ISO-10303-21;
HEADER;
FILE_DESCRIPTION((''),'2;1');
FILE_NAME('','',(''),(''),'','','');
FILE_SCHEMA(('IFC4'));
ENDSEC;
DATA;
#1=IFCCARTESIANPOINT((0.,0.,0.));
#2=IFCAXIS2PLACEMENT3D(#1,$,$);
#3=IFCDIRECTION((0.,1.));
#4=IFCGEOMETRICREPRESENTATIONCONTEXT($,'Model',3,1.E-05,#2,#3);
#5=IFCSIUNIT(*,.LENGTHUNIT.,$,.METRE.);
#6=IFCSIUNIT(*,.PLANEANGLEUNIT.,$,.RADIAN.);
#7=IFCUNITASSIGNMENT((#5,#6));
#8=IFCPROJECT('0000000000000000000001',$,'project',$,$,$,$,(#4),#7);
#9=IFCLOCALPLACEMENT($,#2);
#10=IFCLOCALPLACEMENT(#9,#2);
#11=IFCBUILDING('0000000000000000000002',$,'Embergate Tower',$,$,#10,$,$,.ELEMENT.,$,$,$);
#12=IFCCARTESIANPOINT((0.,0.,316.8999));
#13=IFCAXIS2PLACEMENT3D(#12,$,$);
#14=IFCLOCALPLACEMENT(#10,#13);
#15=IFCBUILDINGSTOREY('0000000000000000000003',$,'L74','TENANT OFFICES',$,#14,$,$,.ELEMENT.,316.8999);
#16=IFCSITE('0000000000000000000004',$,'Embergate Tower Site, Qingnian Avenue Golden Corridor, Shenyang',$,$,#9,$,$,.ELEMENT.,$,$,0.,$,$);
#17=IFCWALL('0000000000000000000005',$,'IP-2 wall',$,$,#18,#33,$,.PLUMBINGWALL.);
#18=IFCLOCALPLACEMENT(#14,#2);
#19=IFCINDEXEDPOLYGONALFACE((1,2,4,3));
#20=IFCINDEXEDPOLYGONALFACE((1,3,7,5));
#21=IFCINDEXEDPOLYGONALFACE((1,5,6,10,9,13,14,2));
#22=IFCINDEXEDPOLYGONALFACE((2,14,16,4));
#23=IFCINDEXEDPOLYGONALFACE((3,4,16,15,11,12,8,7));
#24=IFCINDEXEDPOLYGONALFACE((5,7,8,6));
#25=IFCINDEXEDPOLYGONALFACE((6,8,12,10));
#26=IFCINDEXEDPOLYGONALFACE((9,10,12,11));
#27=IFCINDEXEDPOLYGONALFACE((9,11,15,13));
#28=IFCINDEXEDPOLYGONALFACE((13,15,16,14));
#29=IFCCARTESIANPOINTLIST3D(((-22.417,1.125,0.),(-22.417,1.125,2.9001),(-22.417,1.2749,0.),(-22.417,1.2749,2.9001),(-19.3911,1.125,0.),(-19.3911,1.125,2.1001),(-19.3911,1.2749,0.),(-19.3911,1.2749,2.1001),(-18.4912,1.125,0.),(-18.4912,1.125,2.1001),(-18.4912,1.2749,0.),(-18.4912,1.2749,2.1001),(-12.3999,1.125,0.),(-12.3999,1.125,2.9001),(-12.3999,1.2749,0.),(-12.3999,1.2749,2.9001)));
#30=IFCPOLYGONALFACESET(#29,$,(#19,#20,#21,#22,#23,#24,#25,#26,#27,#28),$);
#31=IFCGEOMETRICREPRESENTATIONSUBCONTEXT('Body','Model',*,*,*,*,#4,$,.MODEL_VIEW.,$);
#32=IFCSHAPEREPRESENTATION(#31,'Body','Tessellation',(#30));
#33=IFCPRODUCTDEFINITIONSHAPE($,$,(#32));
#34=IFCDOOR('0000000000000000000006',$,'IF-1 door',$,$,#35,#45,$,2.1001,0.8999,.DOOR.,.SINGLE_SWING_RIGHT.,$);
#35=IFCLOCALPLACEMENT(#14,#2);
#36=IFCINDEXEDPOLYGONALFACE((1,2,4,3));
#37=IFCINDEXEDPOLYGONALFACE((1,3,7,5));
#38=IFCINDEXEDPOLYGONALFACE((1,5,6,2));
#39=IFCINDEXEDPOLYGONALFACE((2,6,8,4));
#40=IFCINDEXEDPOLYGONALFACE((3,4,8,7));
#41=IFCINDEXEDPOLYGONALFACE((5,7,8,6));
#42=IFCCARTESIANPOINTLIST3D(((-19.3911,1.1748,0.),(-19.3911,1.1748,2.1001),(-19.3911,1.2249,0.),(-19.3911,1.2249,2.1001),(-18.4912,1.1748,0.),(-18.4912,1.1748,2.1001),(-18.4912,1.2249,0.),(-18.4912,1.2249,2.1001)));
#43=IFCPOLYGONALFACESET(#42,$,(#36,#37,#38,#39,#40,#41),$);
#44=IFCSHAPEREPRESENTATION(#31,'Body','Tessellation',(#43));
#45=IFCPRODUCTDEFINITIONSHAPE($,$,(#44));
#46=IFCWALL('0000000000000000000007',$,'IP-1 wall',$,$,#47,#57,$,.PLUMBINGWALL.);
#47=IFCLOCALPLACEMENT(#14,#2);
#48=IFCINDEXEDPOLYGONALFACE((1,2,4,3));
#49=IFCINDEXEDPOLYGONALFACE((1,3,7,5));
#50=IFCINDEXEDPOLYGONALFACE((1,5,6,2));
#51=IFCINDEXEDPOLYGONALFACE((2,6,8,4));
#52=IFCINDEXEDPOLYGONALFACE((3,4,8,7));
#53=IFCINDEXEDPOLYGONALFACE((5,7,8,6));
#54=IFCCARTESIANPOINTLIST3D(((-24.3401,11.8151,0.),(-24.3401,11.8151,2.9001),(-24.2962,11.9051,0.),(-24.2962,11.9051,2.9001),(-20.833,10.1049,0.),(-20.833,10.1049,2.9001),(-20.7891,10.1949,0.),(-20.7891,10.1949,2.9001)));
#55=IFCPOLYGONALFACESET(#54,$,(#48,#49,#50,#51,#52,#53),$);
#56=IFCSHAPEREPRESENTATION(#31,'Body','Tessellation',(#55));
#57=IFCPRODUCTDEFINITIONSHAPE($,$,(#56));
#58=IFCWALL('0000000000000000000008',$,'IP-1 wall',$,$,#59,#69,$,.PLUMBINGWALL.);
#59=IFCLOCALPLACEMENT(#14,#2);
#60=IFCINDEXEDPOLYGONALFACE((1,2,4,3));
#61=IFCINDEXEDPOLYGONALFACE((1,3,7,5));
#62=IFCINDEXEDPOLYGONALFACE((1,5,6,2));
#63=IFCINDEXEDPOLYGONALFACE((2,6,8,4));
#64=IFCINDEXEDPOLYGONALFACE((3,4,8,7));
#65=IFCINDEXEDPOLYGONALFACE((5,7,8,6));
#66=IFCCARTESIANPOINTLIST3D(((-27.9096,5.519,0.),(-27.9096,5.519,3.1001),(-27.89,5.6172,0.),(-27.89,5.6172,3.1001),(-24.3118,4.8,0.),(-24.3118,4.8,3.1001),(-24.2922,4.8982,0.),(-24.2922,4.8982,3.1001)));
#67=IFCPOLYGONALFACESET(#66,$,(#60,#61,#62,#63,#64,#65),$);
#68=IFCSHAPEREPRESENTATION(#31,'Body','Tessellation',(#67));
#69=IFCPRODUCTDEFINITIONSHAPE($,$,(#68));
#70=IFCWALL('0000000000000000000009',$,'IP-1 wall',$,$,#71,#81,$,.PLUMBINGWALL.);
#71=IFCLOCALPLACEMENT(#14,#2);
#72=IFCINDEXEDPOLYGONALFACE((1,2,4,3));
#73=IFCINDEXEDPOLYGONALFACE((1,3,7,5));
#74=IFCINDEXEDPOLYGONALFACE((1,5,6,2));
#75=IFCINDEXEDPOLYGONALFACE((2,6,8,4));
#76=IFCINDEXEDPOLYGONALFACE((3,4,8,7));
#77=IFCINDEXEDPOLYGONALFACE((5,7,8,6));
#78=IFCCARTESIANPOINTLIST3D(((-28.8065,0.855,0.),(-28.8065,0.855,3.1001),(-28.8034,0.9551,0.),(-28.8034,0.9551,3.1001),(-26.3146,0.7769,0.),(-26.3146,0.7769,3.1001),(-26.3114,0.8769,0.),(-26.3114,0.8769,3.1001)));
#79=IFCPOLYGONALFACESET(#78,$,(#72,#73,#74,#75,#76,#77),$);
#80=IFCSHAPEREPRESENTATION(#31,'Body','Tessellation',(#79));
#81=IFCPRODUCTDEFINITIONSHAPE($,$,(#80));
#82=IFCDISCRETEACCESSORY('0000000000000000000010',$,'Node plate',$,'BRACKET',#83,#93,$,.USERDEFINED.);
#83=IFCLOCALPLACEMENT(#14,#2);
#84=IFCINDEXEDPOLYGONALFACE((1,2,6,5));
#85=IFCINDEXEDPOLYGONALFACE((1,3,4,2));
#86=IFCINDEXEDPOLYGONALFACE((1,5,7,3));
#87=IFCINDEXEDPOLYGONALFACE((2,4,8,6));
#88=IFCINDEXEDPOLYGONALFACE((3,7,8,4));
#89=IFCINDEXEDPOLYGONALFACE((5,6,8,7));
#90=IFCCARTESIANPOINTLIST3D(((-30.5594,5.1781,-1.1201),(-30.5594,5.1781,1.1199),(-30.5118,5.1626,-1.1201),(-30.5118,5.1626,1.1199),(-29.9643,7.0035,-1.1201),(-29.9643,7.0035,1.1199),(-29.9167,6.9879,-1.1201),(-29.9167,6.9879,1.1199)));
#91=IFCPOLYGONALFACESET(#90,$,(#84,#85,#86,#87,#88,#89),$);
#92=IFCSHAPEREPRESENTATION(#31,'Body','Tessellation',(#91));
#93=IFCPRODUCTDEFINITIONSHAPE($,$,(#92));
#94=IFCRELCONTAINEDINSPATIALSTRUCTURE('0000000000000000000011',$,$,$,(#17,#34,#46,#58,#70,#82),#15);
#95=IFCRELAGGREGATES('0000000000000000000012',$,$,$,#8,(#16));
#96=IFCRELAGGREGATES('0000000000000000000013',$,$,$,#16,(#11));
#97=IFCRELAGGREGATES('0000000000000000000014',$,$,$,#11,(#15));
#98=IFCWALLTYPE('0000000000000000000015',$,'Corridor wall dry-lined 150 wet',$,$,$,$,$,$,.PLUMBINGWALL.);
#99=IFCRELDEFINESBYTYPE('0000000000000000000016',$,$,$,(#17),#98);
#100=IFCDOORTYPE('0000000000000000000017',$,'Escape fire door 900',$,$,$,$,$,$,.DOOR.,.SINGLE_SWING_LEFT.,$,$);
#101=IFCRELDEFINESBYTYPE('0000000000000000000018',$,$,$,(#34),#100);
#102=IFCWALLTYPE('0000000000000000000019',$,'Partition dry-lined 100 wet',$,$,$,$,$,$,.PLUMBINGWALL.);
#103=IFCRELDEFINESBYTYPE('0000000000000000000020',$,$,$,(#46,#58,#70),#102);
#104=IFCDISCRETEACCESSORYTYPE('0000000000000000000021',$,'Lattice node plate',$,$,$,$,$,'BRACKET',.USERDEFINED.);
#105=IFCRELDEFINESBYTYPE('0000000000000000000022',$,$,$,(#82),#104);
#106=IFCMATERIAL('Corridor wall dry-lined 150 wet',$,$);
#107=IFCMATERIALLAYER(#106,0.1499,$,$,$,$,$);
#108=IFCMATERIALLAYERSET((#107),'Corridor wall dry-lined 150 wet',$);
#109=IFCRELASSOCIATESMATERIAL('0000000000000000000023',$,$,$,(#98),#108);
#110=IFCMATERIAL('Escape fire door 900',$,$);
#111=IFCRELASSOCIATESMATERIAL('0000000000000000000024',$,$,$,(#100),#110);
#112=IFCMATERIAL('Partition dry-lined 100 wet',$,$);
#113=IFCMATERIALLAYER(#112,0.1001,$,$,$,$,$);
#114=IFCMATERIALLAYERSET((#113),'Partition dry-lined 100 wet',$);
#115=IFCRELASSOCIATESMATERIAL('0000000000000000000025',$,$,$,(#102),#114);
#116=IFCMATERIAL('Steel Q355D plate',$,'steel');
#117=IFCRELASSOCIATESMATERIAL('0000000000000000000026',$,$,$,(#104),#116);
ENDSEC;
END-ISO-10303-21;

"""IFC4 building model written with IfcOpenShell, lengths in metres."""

from ifc_helpers import new_model, si_unit, direction, frame, frame_2d, origin, origin_2d, place, context, subcontext, project, spatial, rectangle, extrude, source, transform, mapped, material, layer, layer_set, type_object, element, fill, save


model = new_model("IFC4")

# Units and contexts
model_context = context("Model", 3, precision=1e-05, world=origin(), true_north=direction((0.0, 1.0)))
body_context = subcontext(model_context, "Body", "Model", "MODEL_VIEW")
ifc_project = project(units=[si_unit("LENGTHUNIT", "METRE"), si_unit("PLANEANGLEUNIT", "RADIAN")], contexts=[model_context])

# Site, building, storey
site_placement = place(None, origin())
site = spatial("IfcSite", under=ifc_project, at=site_placement, Name="Embergate Tower Site, Qingnian Avenue Golden Corridor, Shenyang", CompositionType="ELEMENT", RefElevation=0.0)
building_placement = place(site_placement, origin())
building = spatial("IfcBuilding", under=site, at=building_placement, Name="Embergate Tower", CompositionType="ELEMENT")
storey_placement = place(building_placement, frame((0.0, 0.0, 316.8999)))
storey = spatial("IfcBuildingStorey", under=building, at=storey_placement, Name="L74", Description="TENANT OFFICES", CompositionType="ELEMENT", Elevation=316.8999)

# Shared definitions
ifc_material_1 = material(Name="Corridor wall dry-lined 150 wet")
ifc_layer_1 = layer(ifc_material_1, 0.1499)
ifc_layer_set_1 = layer_set([ifc_layer_1], Name="Corridor wall dry-lined 150 wet")
wall_type_1 = type_object("IfcWallType", Name="Corridor wall dry-lined 150 wet", PredefinedType="PLUMBINGWALL", material=ifc_layer_set_1)
shared_shape_1 = source(origin(), body_context, "Body", "SweptSolid", [
    extrude(rectangle(XDim=0.8999, YDim=2.1001, at=frame_2d((0.45, 1.05))), frame((0.0, 0.085, 0.0), z_axis=(0.0, -1.0, 0.0), x_axis=(1.0, 0.0, 0.0)), (0.0, 0.0, 1.0), 0.1699),
])
ifc_material_2 = material(Name="Escape fire door 900")
door_type = type_object("IfcDoorType", Name="Escape fire door 900", OperationType="SINGLE_SWING_LEFT", PredefinedType="DOOR", material=ifc_material_2)
shared_shape_2 = source(origin(), body_context, "Body", "SweptSolid", [
    extrude(rectangle(XDim=0.8999, YDim=2.1001, at=frame_2d((0.45, 1.05))), frame((0.0, 0.0249, 0.0), z_axis=(0.0, -1.0, 0.0), x_axis=(1.0, 0.0, 0.0)), (0.0, 0.0, 1.0), 0.05),
])

# Wall, opening, door
shared_shape_3 = source(origin(), body_context, "Body", "SweptSolid", [
    extrude(rectangle(XDim=10.0171, YDim=0.1499, at=frame_2d((5.0085, 0.0))), origin(), (0.0, 0.0, 1.0), 2.9001),
])
wall_1_placement = place(storey_placement, frame((-22.417, 1.2, 0.0), z_axis=(0.0, 0.0, 1.0), x_axis=(1.0, 0.0, 0.0)))
wall_1 = element("IfcWall", 1, at=wall_1_placement, inside=storey, type_object=wall_type_1, Name="IP-2 wall", PredefinedType="PLUMBINGWALL", context=body_context, shape_type="MappedRepresentation", body=[
    mapped(shared_shape_3, transform((0.0, 0.0, 0.0))),
])
opening_1_placement = place(wall_1_placement, frame((3.0259, 0.0, 0.0)))
opening_1 = element("IfcOpeningElement", 2, at=opening_1_placement, cuts=wall_1, PredefinedType="OPENING", context=body_context, shape_type="MappedRepresentation", body=[
    mapped(shared_shape_1, transform((0.0, 0.0, 0.0))),
])
door_1_placement = place(opening_1_placement, origin())
door_1 = element("IfcDoor", 3, at=door_1_placement, inside=storey, type_object=door_type, Name="IF-1 door", OperationType="SINGLE_SWING_RIGHT", OverallHeight=2.1001, OverallWidth=0.8999, PredefinedType="DOOR", context=body_context, shape_type="MappedRepresentation", body=[
    mapped(shared_shape_2, transform((0.0, 0.0, 0.0))),
])
fill(opening_1, door_1)

# Walls
ifc_material_3 = material(Name="Partition dry-lined 100 wet")
ifc_layer_2 = layer(ifc_material_3, 0.1001)
ifc_layer_set_2 = layer_set([ifc_layer_2], Name="Partition dry-lined 100 wet")
wall_type_2 = type_object("IfcWallType", Name="Partition dry-lined 100 wet", PredefinedType="PLUMBINGWALL", material=ifc_layer_set_2)
shared_shape_4 = source(origin(), body_context, "Body", "SweptSolid", [
    extrude(rectangle(XDim=3.9019, YDim=0.1001, at=frame_2d((1.9509, 0.0))), origin(), (0.0, 0.0, 1.0), 2.9001),
])
wall_2_placement = place(storey_placement, frame((-20.811, 10.1499, 0.0), z_axis=(0.0, 0.0, 1.0), x_axis=(-0.898826, 0.438307, 0.0)))
element("IfcWall", 4, at=wall_2_placement, inside=storey, type_object=wall_type_2, Name="IP-1 wall", PredefinedType="PLUMBINGWALL", context=body_context, shape_type="MappedRepresentation", body=[
    mapped(shared_shape_4, transform((0.0, 0.0, 0.0))),
])
shared_shape_5 = source(origin(), body_context, "Body", "SweptSolid", [
    extrude(rectangle(XDim=3.6689, YDim=0.1001, at=frame_2d((1.8345, 0.0))), origin(), (0.0, 0.0, 1.0), 3.1001),
])
wall_3_placement = place(storey_placement, frame((-24.302, 4.8491, 0.0), z_axis=(0.0, 0.0, 1.0), x_axis=(-0.980611, 0.195963, 0.0)))
element("IfcWall", 5, at=wall_3_placement, inside=storey, type_object=wall_type_2, Name="IP-1 wall", PredefinedType="PLUMBINGWALL", context=body_context, shape_type="MappedRepresentation", body=[
    mapped(shared_shape_5, transform((0.0, 0.0, 0.0))),
])
shared_shape_6 = source(origin(), body_context, "Body", "SweptSolid", [
    extrude(rectangle(XDim=2.4932, YDim=0.1001, at=frame_2d((1.2466, 0.0))), origin(), (0.0, 0.0, 1.0), 3.1001),
])
wall_4_placement = place(storey_placement, frame((-26.313, 0.8269, 0.0), z_axis=(0.0, 0.0, 1.0), x_axis=(-0.999509, 0.031336, 0.0)))
element("IfcWall", 6, at=wall_4_placement, inside=storey, type_object=wall_type_2, Name="IP-1 wall", PredefinedType="PLUMBINGWALL", context=body_context, shape_type="MappedRepresentation", body=[
    mapped(shared_shape_6, transform((0.0, 0.0, 0.0))),
])

# Discrete accessory
ifc_material_4 = material(Name="Steel Q355D plate", Category="steel")
discrete_accessory_type = type_object("IfcDiscreteAccessoryType", Name="Lattice node plate", ElementType="BRACKET", PredefinedType="USERDEFINED", material=ifc_material_4)
shared_shape_7 = source(origin(), body_context, "Body", "SweptSolid", [
    extrude(rectangle(XDim=1.9199, YDim=0.05, at=origin_2d()), origin(), (0.0, 0.0, 1.0), 2.24),
])
discrete_accessory_placement = place(storey_placement, frame((-30.238, 6.083, -1.1201), z_axis=(0.0, 0.0, 1.0), x_axis=(-0.309946, -0.950754, 0.0)))
element("IfcDiscreteAccessory", 7, at=discrete_accessory_placement, inside=storey, type_object=discrete_accessory_type, Name="Node plate", ObjectType="BRACKET", PredefinedType="USERDEFINED", context=body_context, shape_type="MappedRepresentation", body=[
    mapped(shared_shape_7, transform((0.0, 0.0, 0.0))),
])

save(model, "model.ifc")
